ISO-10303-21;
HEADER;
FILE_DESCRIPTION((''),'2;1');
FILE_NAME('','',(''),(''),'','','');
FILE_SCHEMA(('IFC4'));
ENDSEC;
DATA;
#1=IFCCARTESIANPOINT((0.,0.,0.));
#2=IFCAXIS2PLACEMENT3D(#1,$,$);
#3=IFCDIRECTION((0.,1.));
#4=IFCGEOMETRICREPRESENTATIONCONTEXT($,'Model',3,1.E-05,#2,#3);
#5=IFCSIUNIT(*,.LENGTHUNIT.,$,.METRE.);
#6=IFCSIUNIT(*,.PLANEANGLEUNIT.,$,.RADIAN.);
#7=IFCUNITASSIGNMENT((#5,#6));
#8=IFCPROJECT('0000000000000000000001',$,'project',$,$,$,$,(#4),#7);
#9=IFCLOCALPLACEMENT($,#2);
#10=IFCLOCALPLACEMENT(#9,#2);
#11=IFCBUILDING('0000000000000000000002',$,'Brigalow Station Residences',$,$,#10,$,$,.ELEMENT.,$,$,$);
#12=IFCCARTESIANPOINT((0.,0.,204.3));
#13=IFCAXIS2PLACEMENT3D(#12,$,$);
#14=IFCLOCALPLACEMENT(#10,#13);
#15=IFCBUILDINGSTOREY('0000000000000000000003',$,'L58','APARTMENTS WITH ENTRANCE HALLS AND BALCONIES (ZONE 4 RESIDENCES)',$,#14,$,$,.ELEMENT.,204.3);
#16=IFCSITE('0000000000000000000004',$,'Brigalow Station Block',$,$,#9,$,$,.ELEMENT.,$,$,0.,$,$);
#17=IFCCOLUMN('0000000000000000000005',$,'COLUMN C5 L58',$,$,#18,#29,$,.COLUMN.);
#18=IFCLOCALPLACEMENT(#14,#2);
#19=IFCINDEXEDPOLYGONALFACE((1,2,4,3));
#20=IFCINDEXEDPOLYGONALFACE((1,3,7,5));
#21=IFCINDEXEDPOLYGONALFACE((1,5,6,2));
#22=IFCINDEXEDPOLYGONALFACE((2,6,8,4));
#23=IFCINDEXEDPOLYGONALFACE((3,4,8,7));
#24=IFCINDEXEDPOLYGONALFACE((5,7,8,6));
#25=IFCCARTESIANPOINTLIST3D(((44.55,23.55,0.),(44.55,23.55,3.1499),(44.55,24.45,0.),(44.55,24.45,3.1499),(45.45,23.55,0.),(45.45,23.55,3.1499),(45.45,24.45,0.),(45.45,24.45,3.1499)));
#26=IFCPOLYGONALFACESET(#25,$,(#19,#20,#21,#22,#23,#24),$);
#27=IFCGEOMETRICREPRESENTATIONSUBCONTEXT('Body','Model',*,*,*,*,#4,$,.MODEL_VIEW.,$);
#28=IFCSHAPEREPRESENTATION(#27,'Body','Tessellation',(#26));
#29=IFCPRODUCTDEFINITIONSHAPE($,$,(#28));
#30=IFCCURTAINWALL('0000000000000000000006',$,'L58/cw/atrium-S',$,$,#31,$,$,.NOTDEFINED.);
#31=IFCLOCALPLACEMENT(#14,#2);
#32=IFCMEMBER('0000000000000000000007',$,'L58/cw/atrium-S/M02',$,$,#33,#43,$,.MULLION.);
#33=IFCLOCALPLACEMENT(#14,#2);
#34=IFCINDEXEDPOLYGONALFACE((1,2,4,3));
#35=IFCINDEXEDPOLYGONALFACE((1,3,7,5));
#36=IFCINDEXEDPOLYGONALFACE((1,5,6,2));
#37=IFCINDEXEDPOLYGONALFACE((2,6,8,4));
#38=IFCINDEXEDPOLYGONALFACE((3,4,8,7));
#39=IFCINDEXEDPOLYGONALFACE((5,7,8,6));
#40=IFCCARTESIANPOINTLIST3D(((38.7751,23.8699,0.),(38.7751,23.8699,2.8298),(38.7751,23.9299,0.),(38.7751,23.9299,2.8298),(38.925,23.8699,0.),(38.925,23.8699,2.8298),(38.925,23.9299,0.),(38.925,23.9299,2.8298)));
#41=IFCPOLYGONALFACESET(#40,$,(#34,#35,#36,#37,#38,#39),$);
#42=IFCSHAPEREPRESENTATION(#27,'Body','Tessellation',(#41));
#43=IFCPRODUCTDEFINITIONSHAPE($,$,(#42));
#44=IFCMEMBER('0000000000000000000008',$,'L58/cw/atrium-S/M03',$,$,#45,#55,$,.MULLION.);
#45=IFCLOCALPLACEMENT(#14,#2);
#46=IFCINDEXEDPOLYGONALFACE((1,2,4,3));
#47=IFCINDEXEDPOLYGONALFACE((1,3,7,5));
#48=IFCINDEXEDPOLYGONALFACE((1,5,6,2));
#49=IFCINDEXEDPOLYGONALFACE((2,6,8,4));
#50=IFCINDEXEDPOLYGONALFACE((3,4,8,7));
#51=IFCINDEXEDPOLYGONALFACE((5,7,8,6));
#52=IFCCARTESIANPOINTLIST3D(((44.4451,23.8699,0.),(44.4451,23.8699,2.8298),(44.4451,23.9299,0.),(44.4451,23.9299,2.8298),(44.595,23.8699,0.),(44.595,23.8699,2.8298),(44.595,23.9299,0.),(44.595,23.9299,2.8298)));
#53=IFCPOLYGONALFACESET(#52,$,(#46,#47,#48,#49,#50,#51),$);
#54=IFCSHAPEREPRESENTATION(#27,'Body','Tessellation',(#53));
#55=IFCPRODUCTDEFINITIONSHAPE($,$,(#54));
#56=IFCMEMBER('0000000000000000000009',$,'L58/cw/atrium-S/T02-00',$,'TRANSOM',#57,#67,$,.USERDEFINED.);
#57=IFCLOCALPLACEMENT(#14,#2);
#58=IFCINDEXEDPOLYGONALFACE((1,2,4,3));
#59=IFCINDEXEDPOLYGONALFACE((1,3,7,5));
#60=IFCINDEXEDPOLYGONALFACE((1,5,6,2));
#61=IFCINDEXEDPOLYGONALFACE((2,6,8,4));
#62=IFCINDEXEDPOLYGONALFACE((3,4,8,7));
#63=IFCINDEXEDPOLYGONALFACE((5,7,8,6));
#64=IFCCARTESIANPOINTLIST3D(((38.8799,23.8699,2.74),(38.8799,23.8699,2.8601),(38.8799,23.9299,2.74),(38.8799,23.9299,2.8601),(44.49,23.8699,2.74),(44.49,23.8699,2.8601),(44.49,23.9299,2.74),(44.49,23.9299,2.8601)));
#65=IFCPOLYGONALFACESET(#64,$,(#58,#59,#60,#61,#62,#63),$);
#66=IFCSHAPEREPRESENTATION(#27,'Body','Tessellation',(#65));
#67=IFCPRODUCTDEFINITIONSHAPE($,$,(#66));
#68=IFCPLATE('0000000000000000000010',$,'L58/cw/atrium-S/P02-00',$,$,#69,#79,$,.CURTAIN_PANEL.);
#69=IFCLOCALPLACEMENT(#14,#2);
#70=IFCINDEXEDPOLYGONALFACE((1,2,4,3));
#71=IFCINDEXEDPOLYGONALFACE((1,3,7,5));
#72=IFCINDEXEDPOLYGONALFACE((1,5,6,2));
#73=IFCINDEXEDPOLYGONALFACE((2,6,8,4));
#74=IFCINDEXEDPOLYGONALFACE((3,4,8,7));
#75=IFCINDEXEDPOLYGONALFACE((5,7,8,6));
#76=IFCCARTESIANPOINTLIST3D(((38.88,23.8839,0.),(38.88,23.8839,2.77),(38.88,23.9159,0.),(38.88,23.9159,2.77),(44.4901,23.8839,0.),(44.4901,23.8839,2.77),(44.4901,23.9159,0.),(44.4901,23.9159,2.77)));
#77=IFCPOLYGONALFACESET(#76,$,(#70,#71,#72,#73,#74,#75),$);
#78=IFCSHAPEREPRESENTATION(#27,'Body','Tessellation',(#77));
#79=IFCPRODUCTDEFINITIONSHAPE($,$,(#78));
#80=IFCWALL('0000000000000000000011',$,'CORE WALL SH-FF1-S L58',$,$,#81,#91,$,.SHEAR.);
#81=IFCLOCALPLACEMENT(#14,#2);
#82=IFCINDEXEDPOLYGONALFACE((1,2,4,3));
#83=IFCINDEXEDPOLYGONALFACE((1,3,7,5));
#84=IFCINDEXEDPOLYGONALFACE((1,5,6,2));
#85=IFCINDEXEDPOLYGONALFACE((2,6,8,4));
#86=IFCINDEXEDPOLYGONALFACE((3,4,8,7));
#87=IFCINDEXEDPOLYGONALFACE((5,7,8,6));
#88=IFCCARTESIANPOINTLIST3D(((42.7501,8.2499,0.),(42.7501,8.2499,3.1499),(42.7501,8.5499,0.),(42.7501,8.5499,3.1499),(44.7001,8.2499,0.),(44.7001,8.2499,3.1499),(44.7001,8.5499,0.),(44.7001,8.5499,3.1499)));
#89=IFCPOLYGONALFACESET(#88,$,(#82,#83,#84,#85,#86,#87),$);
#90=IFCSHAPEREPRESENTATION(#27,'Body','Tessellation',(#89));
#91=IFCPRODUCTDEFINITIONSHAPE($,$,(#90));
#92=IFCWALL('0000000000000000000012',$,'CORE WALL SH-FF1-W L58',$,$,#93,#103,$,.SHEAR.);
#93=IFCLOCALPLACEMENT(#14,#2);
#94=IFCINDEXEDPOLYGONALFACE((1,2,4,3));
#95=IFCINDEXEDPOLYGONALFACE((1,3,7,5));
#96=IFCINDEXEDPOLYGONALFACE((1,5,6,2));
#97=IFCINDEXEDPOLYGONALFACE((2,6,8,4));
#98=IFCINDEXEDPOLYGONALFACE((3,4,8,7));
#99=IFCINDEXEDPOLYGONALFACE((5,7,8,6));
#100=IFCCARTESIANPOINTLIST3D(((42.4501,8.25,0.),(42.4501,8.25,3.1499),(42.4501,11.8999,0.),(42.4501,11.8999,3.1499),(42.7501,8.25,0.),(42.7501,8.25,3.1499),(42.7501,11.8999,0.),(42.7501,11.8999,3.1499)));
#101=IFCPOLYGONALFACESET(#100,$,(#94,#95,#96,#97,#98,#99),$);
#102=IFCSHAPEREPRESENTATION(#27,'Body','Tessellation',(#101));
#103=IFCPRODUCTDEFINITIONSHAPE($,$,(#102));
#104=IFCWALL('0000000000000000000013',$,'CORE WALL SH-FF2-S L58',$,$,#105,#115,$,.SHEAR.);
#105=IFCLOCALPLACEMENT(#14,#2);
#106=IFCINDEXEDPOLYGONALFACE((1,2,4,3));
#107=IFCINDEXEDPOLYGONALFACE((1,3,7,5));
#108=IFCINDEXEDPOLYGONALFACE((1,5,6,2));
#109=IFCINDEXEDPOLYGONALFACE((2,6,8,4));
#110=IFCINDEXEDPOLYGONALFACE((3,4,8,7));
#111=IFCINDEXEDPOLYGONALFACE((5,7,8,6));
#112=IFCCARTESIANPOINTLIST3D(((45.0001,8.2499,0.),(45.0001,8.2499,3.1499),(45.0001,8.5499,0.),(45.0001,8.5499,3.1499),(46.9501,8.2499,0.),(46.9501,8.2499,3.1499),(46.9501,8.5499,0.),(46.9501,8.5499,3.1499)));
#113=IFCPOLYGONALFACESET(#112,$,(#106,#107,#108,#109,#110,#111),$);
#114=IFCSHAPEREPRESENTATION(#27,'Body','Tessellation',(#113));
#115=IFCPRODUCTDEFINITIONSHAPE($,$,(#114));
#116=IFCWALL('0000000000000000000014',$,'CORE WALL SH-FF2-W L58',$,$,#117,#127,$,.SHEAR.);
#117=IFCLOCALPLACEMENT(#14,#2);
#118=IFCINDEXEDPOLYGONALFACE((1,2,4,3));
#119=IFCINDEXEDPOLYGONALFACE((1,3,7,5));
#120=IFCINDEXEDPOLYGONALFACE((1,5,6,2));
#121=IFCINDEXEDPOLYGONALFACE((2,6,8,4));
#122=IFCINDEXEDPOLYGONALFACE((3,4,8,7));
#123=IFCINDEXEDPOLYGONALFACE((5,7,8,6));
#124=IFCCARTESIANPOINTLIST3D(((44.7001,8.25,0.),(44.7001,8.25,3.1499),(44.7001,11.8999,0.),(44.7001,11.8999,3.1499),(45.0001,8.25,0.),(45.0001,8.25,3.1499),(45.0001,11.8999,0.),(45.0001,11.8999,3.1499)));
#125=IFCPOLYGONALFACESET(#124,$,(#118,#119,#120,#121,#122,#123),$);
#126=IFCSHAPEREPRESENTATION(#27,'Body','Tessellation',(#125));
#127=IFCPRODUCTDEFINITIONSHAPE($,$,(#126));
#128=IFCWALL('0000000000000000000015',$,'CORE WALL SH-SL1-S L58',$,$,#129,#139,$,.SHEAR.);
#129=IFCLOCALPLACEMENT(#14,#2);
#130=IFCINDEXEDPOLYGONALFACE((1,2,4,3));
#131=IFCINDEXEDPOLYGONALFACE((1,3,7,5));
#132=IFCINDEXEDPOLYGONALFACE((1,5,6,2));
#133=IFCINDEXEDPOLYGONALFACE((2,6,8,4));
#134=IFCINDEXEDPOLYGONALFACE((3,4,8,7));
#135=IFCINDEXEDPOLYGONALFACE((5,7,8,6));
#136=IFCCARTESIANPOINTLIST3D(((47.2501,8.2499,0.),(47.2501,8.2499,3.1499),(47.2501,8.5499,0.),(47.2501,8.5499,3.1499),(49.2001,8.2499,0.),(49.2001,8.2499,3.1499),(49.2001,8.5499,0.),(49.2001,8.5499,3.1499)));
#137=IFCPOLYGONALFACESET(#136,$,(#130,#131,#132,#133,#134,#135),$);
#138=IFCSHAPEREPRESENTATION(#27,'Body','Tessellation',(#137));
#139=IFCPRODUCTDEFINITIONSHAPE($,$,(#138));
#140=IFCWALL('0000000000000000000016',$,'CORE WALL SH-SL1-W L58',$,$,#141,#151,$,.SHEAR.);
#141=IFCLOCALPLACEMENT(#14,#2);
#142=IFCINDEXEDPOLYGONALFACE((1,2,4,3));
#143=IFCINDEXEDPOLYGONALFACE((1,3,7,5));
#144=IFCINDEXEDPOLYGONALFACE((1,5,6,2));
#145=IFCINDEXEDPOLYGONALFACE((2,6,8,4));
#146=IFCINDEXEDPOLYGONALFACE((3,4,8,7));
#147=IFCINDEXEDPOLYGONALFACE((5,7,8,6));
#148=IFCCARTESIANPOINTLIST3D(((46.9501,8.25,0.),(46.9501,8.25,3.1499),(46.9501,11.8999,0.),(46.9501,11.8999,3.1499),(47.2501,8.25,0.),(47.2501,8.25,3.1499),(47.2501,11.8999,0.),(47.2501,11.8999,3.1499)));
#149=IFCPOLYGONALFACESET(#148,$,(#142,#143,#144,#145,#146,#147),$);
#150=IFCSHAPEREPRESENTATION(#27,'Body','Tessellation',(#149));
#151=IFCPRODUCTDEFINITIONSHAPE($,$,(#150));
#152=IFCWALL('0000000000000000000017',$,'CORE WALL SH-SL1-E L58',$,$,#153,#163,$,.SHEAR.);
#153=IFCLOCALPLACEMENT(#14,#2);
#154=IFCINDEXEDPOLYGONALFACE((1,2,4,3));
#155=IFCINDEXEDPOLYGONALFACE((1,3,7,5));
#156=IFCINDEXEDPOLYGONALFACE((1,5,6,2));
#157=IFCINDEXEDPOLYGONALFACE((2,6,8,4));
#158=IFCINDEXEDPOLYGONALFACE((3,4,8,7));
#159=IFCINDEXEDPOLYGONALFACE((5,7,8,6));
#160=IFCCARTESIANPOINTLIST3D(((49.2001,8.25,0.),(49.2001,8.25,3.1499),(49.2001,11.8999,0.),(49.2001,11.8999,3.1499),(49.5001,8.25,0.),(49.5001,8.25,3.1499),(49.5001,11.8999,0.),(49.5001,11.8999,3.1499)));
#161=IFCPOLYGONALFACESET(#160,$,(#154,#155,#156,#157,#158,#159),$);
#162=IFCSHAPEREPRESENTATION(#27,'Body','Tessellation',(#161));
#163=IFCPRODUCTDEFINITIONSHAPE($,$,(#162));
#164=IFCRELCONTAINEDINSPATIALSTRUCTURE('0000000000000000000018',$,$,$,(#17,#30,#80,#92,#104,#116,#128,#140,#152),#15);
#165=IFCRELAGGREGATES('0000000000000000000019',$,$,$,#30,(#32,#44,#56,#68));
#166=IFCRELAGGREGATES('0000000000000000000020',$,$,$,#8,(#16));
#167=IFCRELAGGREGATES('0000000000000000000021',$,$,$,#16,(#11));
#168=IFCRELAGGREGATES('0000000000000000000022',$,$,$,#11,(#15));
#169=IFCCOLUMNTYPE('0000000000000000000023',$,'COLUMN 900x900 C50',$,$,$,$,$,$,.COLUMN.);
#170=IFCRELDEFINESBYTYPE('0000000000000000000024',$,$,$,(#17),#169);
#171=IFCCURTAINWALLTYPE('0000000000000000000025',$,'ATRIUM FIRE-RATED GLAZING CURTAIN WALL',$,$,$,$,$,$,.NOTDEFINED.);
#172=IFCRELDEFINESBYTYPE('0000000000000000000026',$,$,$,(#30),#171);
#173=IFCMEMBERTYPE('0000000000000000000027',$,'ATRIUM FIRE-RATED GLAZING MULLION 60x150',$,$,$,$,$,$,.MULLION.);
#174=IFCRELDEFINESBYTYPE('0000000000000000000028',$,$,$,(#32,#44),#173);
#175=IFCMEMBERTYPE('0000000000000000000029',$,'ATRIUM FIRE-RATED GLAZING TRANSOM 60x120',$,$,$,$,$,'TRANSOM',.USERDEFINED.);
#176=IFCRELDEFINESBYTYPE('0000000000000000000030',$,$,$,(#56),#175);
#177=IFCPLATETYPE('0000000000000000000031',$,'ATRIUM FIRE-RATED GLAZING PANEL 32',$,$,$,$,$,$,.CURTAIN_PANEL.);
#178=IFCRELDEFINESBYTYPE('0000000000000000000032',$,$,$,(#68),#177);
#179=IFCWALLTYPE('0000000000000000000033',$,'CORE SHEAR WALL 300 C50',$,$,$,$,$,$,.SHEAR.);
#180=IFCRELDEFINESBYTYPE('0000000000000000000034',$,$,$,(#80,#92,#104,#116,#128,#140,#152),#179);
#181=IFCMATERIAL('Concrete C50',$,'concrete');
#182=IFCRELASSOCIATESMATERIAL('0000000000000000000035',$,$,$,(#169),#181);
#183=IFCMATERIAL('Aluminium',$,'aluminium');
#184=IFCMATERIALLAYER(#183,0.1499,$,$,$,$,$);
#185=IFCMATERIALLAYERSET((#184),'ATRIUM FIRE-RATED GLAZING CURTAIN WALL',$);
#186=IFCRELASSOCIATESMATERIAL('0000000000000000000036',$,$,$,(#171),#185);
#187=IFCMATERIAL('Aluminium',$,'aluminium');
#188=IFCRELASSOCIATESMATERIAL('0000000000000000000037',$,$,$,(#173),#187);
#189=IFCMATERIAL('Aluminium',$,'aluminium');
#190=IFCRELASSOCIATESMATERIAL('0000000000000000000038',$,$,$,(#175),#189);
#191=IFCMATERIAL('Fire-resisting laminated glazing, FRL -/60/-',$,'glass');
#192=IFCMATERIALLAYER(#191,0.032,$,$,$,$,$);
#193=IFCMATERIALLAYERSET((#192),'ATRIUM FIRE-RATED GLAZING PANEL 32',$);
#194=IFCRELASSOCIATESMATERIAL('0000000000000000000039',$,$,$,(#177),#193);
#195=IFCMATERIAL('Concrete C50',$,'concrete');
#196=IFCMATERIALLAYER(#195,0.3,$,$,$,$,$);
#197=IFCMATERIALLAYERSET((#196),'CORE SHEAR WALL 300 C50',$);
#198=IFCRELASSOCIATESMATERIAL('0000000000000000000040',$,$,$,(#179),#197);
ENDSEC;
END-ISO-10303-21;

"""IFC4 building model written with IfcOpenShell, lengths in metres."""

from ifc_helpers import new_model, si_unit, direction, frame, frame_2d, origin, origin_2d, place, context, subcontext, project, spatial, rectangle, extrude, material, layer, layer_set, material_profile, profile_set, type_object, element, aggregate, save


model = new_model("IFC4")

# Units and contexts
model_context = context("Model", 3, precision=1e-05, world=origin(), true_north=direction((0.0, 1.0)))
body_context = subcontext(model_context, "Body", "Model", "MODEL_VIEW")
ifc_project = project(units=[si_unit("LENGTHUNIT", "METRE"), si_unit("PLANEANGLEUNIT", "RADIAN")], contexts=[model_context])

# Site, building, storey
site_placement = place(None, origin())
site = spatial("IfcSite", under=ifc_project, at=site_placement, Name="Brigalow Station Block", CompositionType="ELEMENT", RefElevation=0.0)
building_placement = place(site_placement, origin())
building = spatial("IfcBuilding", under=site, at=building_placement, Name="Brigalow Station Residences", CompositionType="ELEMENT")
storey_placement = place(building_placement, frame((0.0, 0.0, 204.3)))
storey = spatial("IfcBuildingStorey", under=building, at=storey_placement, Name="L58", Description="APARTMENTS WITH ENTRANCE HALLS AND BALCONIES (ZONE 4 RESIDENCES)", CompositionType="ELEMENT", Elevation=204.3)

# Column
ifc_material_1 = material(Name="Concrete C50", Category="concrete")
ifc_material_profile_1 = material_profile(ifc_material_1, rectangle(XDim=0.8999, YDim=0.8999, at=origin_2d()), Name="RC900x900")
ifc_profile_set_1 = profile_set([ifc_material_profile_1], Name="Concrete C50")
column_type = type_object("IfcColumnType", Name="COLUMN 900x900 C50", PredefinedType="COLUMN", material=ifc_profile_set_1)
column_placement = place(storey_placement, frame((45.0, 24.0, 0.0), z_axis=(0.0, 0.0, 1.0), x_axis=(1.0, 0.0, 0.0)))
element("IfcColumn", 1, at=column_placement, inside=storey, type_object=column_type, Name="COLUMN C5 L58", PredefinedType="COLUMN", context=body_context, shape_type="SweptSolid", body=[
    extrude(rectangle(XDim=0.8999, YDim=0.8999, at=origin_2d()), origin(), (0.0, 0.0, 1.0), 3.1499),
])

# Curtain wall, members, plate
ifc_material_2 = material(Name="Aluminium", Category="aluminium")
ifc_layer_1 = layer(ifc_material_2, 0.1499)
ifc_layer_set_1 = layer_set([ifc_layer_1], Name="ATRIUM FIRE-RATED GLAZING CURTAIN WALL")
curtain_wall_type = type_object("IfcCurtainWallType", Name="ATRIUM FIRE-RATED GLAZING CURTAIN WALL", PredefinedType="NOTDEFINED", material=ifc_layer_set_1)
curtain_wall_placement = place(storey_placement, origin())
curtain_wall = element("IfcCurtainWall", 2, at=curtain_wall_placement, inside=storey, type_object=curtain_wall_type, Name="L58/cw/atrium-S", PredefinedType="NOTDEFINED")
ifc_material_3 = material(Name="Aluminium", Category="aluminium")
ifc_material_profile_2 = material_profile(ifc_material_3, rectangle(XDim=0.0601, YDim=0.1499, at=origin_2d()), Name="ATRIUM FIRE-RATED GLAZING MULLION 60x150")
ifc_profile_set_2 = profile_set([ifc_material_profile_2], Name="Aluminium")
member_type_1 = type_object("IfcMemberType", Name="ATRIUM FIRE-RATED GLAZING MULLION 60x150", PredefinedType="MULLION", material=ifc_profile_set_2)
member_1_placement = place(storey_placement, frame((38.8501, 23.8999, 0.0), z_axis=(0.0, 0.0, 1.0), x_axis=(0.0, 1.0, 0.0)))
member_1 = element("IfcMember", 3, at=member_1_placement, type_object=member_type_1, Name="L58/cw/atrium-S/M02", PredefinedType="MULLION", context=body_context, shape_type="SweptSolid", body=[
    extrude(rectangle(XDim=0.0601, YDim=0.1499, at=origin_2d()), origin(), (0.0, 0.0, 1.0), 2.8298),
])
member_2_placement = place(storey_placement, frame((44.52, 23.8999, 0.0), z_axis=(0.0, 0.0, 1.0), x_axis=(0.0, 1.0, 0.0)))
member_2 = element("IfcMember", 4, at=member_2_placement, type_object=member_type_1, Name="L58/cw/atrium-S/M03", PredefinedType="MULLION", context=body_context, shape_type="SweptSolid", body=[
    extrude(rectangle(XDim=0.0601, YDim=0.1499, at=origin_2d()), origin(), (0.0, 0.0, 1.0), 2.8298),
])
ifc_material_4 = material(Name="Aluminium", Category="aluminium")
ifc_material_profile_3 = material_profile(ifc_material_4, rectangle(XDim=0.0601, YDim=0.1201, at=origin_2d()), Name="ATRIUM FIRE-RATED GLAZING TRANSOM 60x120")
ifc_profile_set_3 = profile_set([ifc_material_profile_3], Name="Aluminium")
member_type_2 = type_object("IfcMemberType", Name="ATRIUM FIRE-RATED GLAZING TRANSOM 60x120", ElementType="TRANSOM", PredefinedType="USERDEFINED", material=ifc_profile_set_3)
member_3_placement = place(storey_placement, frame((38.8799, 23.8999, 2.8), z_axis=(1.0, 0.0, 0.0), x_axis=(0.0, 1.0, 0.0)))
member_3 = element("IfcMember", 5, at=member_3_placement, type_object=member_type_2, Name="L58/cw/atrium-S/T02-00", ObjectType="TRANSOM", PredefinedType="USERDEFINED", context=body_context, shape_type="SweptSolid", body=[
    extrude(rectangle(XDim=0.0601, YDim=0.1201, at=origin_2d()), origin(), (0.0, 0.0, 1.0), 5.6101),
])
ifc_material_5 = material(Name="Fire-resisting laminated glazing, FRL -/60/-", Category="glass")
ifc_layer_2 = layer(ifc_material_5, 0.032)
ifc_layer_set_2 = layer_set([ifc_layer_2], Name="ATRIUM FIRE-RATED GLAZING PANEL 32")
plate_type = type_object("IfcPlateType", Name="ATRIUM FIRE-RATED GLAZING PANEL 32", PredefinedType="CURTAIN_PANEL", material=ifc_layer_set_2)
plate_placement = place(storey_placement, frame((41.6851, 23.8999, 0.0), z_axis=(0.0, 0.0, 1.0), x_axis=(1.0, 0.0, 0.0)))
plate = element("IfcPlate", 6, at=plate_placement, type_object=plate_type, Name="L58/cw/atrium-S/P02-00", PredefinedType="CURTAIN_PANEL", context=body_context, shape_type="SweptSolid", body=[
    extrude(rectangle(XDim=5.6101, YDim=0.032, at=origin_2d()), origin(), (0.0, 0.0, 1.0), 2.77),
])
aggregate(curtain_wall, [member_1, member_2, member_3, plate])

# Walls
ifc_material_6 = material(Name="Concrete C50", Category="concrete")
ifc_layer_3 = layer(ifc_material_6, 0.3)
ifc_layer_set_3 = layer_set([ifc_layer_3], Name="CORE SHEAR WALL 300 C50")
wall_type_1 = type_object("IfcWallType", Name="CORE SHEAR WALL 300 C50", PredefinedType="SHEAR", material=ifc_layer_set_3)
wall_1_placement = place(storey_placement, frame((42.75, 8.3999, 0.0), z_axis=(0.0, 0.0, 1.0), x_axis=(1.0, 0.0, 0.0)))
element("IfcWall", 7, at=wall_1_placement, inside=storey, type_object=wall_type_1, Name="CORE WALL SH-FF1-S L58", PredefinedType="SHEAR", context=body_context, shape_type="SweptSolid", body=[
    extrude(rectangle(XDim=1.95, YDim=0.3, at=frame_2d((0.9751, 0.0))), origin(), (0.0, 0.0, 1.0), 3.1499),
])
wall_2_placement = place(storey_placement, frame((42.6001, 8.25, 0.0), z_axis=(0.0, 0.0, 1.0), x_axis=(0.0, 1.0, 0.0)))
element("IfcWall", 8, at=wall_2_placement, inside=storey, type_object=wall_type_1, Name="CORE WALL SH-FF1-W L58", PredefinedType="SHEAR", context=body_context, shape_type="SweptSolid", body=[
    extrude(rectangle(XDim=3.6499, YDim=0.3, at=frame_2d((1.825, 0.0))), origin(), (0.0, 0.0, 1.0), 3.1499),
])
wall_3_placement = place(storey_placement, frame((45.0, 8.3999, 0.0), z_axis=(0.0, 0.0, 1.0), x_axis=(1.0, 0.0, 0.0)))
element("IfcWall", 9, at=wall_3_placement, inside=storey, type_object=wall_type_1, Name="CORE WALL SH-FF2-S L58", PredefinedType="SHEAR", context=body_context, shape_type="SweptSolid", body=[
    extrude(rectangle(XDim=1.95, YDim=0.3, at=frame_2d((0.9751, 0.0))), origin(), (0.0, 0.0, 1.0), 3.1499),
])
wall_4_placement = place(storey_placement, frame((44.8501, 8.25, 0.0), z_axis=(0.0, 0.0, 1.0), x_axis=(0.0, 1.0, 0.0)))
element("IfcWall", 10, at=wall_4_placement, inside=storey, type_object=wall_type_1, Name="CORE WALL SH-FF2-W L58", PredefinedType="SHEAR", context=body_context, shape_type="SweptSolid", body=[
    extrude(rectangle(XDim=3.6499, YDim=0.3, at=frame_2d((1.825, 0.0))), origin(), (0.0, 0.0, 1.0), 3.1499),
])
wall_5_placement = place(storey_placement, frame((47.25, 8.3999, 0.0), z_axis=(0.0, 0.0, 1.0), x_axis=(1.0, 0.0, 0.0)))
element("IfcWall", 11, at=wall_5_placement, inside=storey, type_object=wall_type_1, Name="CORE WALL SH-SL1-S L58", PredefinedType="SHEAR", context=body_context, shape_type="SweptSolid", body=[
    extrude(rectangle(XDim=1.95, YDim=0.3, at=frame_2d((0.9751, 0.0))), origin(), (0.0, 0.0, 1.0), 3.1499),
])
for number, where, z_axis, x_axis, name in (
    (12, (47.1001, 8.25, 0.0), (0.0, 0.0, 1.0), (0.0, 1.0, 0.0), "CORE WALL SH-SL1-W L58"),
    (13, (49.3501, 8.25, 0.0), (0.0, 0.0, 1.0), (0.0, 1.0, 0.0), "CORE WALL SH-SL1-E L58"),
):
    element("IfcWall", number, at=place(storey_placement, frame(where, z_axis=z_axis, x_axis=x_axis)), inside=storey, type_object=wall_type_1, Name=name, PredefinedType="SHEAR", context=body_context, shape_type="SweptSolid", body=[
        extrude(rectangle(XDim=3.6499, YDim=0.3, at=frame_2d((1.825, 0.0))), origin(), (0.0, 0.0, 1.0), 3.1499),
    ])

save(model, "model.ifc")
